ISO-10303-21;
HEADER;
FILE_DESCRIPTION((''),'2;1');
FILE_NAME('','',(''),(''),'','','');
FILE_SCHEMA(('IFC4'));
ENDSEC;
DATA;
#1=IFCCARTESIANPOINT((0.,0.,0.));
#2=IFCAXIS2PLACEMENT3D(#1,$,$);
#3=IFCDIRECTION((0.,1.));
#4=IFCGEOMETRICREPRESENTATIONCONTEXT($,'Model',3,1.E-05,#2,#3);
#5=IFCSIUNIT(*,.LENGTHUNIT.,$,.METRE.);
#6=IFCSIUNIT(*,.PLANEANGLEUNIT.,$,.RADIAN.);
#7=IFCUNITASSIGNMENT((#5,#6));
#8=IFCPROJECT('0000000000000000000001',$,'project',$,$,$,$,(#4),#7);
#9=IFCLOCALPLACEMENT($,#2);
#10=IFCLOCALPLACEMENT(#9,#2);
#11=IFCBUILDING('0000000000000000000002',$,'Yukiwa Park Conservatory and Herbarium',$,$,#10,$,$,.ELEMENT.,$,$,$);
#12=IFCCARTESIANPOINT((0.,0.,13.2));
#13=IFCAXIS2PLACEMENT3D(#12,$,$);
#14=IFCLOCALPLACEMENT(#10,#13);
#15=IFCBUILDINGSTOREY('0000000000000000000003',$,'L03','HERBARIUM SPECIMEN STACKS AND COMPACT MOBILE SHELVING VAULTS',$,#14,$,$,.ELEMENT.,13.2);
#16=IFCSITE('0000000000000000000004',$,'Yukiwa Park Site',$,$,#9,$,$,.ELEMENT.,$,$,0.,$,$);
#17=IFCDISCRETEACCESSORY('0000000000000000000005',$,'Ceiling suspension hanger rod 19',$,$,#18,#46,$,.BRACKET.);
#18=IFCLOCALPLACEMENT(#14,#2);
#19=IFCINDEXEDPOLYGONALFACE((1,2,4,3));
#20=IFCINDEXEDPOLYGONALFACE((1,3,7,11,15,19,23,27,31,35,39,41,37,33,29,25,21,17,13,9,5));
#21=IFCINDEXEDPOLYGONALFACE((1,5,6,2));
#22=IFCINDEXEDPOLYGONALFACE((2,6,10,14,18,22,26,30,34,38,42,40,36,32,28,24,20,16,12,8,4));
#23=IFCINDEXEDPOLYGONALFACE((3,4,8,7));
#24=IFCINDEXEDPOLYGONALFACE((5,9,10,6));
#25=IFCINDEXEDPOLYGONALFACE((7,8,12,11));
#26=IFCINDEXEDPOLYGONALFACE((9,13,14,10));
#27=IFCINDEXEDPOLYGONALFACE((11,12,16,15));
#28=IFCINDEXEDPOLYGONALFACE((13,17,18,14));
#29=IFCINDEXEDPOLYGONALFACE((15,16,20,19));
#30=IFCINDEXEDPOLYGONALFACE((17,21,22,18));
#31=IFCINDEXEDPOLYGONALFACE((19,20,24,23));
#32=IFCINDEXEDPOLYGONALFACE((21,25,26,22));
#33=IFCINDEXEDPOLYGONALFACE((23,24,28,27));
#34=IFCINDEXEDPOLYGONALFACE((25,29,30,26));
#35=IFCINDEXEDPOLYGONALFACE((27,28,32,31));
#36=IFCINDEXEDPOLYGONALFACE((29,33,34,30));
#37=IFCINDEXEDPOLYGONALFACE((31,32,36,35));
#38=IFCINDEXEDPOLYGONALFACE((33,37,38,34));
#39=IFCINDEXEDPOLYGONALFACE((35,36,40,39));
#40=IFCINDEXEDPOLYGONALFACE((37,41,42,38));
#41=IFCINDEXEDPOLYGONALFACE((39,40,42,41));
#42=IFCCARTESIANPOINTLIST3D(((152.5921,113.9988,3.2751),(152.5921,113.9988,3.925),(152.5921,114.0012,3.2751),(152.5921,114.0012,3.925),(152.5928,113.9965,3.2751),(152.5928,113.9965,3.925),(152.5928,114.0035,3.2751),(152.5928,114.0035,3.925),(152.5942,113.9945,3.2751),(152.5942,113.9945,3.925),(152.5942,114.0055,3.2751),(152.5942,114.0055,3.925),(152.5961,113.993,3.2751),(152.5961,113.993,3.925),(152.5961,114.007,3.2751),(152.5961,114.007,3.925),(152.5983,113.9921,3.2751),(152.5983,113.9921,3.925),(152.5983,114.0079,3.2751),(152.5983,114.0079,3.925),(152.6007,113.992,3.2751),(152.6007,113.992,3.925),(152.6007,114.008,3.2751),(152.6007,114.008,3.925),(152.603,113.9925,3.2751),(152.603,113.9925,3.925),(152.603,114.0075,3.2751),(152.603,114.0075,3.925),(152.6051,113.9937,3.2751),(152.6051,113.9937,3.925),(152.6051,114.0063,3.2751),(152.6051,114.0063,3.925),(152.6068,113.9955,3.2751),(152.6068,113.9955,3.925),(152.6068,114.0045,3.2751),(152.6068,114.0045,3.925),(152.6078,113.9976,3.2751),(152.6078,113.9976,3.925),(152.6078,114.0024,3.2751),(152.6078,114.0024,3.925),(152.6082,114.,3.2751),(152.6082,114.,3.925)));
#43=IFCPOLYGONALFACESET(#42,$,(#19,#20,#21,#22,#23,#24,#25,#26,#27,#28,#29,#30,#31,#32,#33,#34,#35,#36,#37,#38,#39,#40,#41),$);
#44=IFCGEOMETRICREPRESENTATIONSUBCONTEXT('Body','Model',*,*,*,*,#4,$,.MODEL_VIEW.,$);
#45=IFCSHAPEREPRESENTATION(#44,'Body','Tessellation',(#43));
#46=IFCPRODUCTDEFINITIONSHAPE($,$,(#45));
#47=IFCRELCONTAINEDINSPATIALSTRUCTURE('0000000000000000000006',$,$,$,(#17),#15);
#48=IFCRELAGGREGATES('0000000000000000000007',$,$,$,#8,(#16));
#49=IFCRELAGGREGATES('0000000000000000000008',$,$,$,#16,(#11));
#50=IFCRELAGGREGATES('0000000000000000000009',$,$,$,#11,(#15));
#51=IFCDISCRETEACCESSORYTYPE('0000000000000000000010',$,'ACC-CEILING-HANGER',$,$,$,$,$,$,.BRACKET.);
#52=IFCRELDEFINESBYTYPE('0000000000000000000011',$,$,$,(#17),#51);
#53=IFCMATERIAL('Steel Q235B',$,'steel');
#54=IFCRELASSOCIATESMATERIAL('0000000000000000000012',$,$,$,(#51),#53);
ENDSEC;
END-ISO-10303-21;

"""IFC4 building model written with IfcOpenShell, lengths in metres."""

from ifc_helpers import new_model, si_unit, direction, frame, origin, origin_2d, place, context, subcontext, project, spatial, circle, extrude, material, type_object, element, save


model = new_model("IFC4")

# Units and contexts
model_context = context("Model", 3, precision=1e-05, world=origin(), true_north=direction((0.0, 1.0)))
body_context = subcontext(model_context, "Body", "Model", "MODEL_VIEW")
ifc_project = project(units=[si_unit("LENGTHUNIT", "METRE"), si_unit("PLANEANGLEUNIT", "RADIAN")], contexts=[model_context])

# Site, building, storey
site_placement = place(None, origin())
site = spatial("IfcSite", under=ifc_project, at=site_placement, Name="Yukiwa Park Site", CompositionType="ELEMENT", RefElevation=0.0)
building_placement = place(site_placement, origin())
building = spatial("IfcBuilding", under=site, at=building_placement, Name="Yukiwa Park Conservatory and Herbarium", CompositionType="ELEMENT")
storey_placement = place(building_placement, frame((0.0, 0.0, 13.2)))
storey = spatial("IfcBuildingStorey", under=building, at=storey_placement, Name="L03", Description="HERBARIUM SPECIMEN STACKS AND COMPACT MOBILE SHELVING VAULTS", CompositionType="ELEMENT", Elevation=13.2)

# Discrete accessory
ifc_material_1 = material(Name="Steel Q235B", Category="steel")
discrete_accessory_type = type_object("IfcDiscreteAccessoryType", Name="ACC-CEILING-HANGER", PredefinedType="BRACKET", material=ifc_material_1)
for number, where, z_axis, x_axis, name in (
    (1, (152.6001, 114.0, 3.2751), (0.0, 0.0, 1.0), (1.0, 0.0, 0.0), "Ceiling suspension hanger rod 19"),
):
    element("IfcDiscreteAccessory", number, at=place(storey_placement, frame(where, z_axis=z_axis, x_axis=x_axis)), inside=storey, type_object=discrete_accessory_type, Name=name, PredefinedType="BRACKET", context=body_context, shape_type="SweptSolid", body=[
        extrude(circle(Radius=0.0081, at=origin_2d()), origin(), (0.0, 0.0, 1.0), 0.6499),
    ])

save(model, "model.ifc")
